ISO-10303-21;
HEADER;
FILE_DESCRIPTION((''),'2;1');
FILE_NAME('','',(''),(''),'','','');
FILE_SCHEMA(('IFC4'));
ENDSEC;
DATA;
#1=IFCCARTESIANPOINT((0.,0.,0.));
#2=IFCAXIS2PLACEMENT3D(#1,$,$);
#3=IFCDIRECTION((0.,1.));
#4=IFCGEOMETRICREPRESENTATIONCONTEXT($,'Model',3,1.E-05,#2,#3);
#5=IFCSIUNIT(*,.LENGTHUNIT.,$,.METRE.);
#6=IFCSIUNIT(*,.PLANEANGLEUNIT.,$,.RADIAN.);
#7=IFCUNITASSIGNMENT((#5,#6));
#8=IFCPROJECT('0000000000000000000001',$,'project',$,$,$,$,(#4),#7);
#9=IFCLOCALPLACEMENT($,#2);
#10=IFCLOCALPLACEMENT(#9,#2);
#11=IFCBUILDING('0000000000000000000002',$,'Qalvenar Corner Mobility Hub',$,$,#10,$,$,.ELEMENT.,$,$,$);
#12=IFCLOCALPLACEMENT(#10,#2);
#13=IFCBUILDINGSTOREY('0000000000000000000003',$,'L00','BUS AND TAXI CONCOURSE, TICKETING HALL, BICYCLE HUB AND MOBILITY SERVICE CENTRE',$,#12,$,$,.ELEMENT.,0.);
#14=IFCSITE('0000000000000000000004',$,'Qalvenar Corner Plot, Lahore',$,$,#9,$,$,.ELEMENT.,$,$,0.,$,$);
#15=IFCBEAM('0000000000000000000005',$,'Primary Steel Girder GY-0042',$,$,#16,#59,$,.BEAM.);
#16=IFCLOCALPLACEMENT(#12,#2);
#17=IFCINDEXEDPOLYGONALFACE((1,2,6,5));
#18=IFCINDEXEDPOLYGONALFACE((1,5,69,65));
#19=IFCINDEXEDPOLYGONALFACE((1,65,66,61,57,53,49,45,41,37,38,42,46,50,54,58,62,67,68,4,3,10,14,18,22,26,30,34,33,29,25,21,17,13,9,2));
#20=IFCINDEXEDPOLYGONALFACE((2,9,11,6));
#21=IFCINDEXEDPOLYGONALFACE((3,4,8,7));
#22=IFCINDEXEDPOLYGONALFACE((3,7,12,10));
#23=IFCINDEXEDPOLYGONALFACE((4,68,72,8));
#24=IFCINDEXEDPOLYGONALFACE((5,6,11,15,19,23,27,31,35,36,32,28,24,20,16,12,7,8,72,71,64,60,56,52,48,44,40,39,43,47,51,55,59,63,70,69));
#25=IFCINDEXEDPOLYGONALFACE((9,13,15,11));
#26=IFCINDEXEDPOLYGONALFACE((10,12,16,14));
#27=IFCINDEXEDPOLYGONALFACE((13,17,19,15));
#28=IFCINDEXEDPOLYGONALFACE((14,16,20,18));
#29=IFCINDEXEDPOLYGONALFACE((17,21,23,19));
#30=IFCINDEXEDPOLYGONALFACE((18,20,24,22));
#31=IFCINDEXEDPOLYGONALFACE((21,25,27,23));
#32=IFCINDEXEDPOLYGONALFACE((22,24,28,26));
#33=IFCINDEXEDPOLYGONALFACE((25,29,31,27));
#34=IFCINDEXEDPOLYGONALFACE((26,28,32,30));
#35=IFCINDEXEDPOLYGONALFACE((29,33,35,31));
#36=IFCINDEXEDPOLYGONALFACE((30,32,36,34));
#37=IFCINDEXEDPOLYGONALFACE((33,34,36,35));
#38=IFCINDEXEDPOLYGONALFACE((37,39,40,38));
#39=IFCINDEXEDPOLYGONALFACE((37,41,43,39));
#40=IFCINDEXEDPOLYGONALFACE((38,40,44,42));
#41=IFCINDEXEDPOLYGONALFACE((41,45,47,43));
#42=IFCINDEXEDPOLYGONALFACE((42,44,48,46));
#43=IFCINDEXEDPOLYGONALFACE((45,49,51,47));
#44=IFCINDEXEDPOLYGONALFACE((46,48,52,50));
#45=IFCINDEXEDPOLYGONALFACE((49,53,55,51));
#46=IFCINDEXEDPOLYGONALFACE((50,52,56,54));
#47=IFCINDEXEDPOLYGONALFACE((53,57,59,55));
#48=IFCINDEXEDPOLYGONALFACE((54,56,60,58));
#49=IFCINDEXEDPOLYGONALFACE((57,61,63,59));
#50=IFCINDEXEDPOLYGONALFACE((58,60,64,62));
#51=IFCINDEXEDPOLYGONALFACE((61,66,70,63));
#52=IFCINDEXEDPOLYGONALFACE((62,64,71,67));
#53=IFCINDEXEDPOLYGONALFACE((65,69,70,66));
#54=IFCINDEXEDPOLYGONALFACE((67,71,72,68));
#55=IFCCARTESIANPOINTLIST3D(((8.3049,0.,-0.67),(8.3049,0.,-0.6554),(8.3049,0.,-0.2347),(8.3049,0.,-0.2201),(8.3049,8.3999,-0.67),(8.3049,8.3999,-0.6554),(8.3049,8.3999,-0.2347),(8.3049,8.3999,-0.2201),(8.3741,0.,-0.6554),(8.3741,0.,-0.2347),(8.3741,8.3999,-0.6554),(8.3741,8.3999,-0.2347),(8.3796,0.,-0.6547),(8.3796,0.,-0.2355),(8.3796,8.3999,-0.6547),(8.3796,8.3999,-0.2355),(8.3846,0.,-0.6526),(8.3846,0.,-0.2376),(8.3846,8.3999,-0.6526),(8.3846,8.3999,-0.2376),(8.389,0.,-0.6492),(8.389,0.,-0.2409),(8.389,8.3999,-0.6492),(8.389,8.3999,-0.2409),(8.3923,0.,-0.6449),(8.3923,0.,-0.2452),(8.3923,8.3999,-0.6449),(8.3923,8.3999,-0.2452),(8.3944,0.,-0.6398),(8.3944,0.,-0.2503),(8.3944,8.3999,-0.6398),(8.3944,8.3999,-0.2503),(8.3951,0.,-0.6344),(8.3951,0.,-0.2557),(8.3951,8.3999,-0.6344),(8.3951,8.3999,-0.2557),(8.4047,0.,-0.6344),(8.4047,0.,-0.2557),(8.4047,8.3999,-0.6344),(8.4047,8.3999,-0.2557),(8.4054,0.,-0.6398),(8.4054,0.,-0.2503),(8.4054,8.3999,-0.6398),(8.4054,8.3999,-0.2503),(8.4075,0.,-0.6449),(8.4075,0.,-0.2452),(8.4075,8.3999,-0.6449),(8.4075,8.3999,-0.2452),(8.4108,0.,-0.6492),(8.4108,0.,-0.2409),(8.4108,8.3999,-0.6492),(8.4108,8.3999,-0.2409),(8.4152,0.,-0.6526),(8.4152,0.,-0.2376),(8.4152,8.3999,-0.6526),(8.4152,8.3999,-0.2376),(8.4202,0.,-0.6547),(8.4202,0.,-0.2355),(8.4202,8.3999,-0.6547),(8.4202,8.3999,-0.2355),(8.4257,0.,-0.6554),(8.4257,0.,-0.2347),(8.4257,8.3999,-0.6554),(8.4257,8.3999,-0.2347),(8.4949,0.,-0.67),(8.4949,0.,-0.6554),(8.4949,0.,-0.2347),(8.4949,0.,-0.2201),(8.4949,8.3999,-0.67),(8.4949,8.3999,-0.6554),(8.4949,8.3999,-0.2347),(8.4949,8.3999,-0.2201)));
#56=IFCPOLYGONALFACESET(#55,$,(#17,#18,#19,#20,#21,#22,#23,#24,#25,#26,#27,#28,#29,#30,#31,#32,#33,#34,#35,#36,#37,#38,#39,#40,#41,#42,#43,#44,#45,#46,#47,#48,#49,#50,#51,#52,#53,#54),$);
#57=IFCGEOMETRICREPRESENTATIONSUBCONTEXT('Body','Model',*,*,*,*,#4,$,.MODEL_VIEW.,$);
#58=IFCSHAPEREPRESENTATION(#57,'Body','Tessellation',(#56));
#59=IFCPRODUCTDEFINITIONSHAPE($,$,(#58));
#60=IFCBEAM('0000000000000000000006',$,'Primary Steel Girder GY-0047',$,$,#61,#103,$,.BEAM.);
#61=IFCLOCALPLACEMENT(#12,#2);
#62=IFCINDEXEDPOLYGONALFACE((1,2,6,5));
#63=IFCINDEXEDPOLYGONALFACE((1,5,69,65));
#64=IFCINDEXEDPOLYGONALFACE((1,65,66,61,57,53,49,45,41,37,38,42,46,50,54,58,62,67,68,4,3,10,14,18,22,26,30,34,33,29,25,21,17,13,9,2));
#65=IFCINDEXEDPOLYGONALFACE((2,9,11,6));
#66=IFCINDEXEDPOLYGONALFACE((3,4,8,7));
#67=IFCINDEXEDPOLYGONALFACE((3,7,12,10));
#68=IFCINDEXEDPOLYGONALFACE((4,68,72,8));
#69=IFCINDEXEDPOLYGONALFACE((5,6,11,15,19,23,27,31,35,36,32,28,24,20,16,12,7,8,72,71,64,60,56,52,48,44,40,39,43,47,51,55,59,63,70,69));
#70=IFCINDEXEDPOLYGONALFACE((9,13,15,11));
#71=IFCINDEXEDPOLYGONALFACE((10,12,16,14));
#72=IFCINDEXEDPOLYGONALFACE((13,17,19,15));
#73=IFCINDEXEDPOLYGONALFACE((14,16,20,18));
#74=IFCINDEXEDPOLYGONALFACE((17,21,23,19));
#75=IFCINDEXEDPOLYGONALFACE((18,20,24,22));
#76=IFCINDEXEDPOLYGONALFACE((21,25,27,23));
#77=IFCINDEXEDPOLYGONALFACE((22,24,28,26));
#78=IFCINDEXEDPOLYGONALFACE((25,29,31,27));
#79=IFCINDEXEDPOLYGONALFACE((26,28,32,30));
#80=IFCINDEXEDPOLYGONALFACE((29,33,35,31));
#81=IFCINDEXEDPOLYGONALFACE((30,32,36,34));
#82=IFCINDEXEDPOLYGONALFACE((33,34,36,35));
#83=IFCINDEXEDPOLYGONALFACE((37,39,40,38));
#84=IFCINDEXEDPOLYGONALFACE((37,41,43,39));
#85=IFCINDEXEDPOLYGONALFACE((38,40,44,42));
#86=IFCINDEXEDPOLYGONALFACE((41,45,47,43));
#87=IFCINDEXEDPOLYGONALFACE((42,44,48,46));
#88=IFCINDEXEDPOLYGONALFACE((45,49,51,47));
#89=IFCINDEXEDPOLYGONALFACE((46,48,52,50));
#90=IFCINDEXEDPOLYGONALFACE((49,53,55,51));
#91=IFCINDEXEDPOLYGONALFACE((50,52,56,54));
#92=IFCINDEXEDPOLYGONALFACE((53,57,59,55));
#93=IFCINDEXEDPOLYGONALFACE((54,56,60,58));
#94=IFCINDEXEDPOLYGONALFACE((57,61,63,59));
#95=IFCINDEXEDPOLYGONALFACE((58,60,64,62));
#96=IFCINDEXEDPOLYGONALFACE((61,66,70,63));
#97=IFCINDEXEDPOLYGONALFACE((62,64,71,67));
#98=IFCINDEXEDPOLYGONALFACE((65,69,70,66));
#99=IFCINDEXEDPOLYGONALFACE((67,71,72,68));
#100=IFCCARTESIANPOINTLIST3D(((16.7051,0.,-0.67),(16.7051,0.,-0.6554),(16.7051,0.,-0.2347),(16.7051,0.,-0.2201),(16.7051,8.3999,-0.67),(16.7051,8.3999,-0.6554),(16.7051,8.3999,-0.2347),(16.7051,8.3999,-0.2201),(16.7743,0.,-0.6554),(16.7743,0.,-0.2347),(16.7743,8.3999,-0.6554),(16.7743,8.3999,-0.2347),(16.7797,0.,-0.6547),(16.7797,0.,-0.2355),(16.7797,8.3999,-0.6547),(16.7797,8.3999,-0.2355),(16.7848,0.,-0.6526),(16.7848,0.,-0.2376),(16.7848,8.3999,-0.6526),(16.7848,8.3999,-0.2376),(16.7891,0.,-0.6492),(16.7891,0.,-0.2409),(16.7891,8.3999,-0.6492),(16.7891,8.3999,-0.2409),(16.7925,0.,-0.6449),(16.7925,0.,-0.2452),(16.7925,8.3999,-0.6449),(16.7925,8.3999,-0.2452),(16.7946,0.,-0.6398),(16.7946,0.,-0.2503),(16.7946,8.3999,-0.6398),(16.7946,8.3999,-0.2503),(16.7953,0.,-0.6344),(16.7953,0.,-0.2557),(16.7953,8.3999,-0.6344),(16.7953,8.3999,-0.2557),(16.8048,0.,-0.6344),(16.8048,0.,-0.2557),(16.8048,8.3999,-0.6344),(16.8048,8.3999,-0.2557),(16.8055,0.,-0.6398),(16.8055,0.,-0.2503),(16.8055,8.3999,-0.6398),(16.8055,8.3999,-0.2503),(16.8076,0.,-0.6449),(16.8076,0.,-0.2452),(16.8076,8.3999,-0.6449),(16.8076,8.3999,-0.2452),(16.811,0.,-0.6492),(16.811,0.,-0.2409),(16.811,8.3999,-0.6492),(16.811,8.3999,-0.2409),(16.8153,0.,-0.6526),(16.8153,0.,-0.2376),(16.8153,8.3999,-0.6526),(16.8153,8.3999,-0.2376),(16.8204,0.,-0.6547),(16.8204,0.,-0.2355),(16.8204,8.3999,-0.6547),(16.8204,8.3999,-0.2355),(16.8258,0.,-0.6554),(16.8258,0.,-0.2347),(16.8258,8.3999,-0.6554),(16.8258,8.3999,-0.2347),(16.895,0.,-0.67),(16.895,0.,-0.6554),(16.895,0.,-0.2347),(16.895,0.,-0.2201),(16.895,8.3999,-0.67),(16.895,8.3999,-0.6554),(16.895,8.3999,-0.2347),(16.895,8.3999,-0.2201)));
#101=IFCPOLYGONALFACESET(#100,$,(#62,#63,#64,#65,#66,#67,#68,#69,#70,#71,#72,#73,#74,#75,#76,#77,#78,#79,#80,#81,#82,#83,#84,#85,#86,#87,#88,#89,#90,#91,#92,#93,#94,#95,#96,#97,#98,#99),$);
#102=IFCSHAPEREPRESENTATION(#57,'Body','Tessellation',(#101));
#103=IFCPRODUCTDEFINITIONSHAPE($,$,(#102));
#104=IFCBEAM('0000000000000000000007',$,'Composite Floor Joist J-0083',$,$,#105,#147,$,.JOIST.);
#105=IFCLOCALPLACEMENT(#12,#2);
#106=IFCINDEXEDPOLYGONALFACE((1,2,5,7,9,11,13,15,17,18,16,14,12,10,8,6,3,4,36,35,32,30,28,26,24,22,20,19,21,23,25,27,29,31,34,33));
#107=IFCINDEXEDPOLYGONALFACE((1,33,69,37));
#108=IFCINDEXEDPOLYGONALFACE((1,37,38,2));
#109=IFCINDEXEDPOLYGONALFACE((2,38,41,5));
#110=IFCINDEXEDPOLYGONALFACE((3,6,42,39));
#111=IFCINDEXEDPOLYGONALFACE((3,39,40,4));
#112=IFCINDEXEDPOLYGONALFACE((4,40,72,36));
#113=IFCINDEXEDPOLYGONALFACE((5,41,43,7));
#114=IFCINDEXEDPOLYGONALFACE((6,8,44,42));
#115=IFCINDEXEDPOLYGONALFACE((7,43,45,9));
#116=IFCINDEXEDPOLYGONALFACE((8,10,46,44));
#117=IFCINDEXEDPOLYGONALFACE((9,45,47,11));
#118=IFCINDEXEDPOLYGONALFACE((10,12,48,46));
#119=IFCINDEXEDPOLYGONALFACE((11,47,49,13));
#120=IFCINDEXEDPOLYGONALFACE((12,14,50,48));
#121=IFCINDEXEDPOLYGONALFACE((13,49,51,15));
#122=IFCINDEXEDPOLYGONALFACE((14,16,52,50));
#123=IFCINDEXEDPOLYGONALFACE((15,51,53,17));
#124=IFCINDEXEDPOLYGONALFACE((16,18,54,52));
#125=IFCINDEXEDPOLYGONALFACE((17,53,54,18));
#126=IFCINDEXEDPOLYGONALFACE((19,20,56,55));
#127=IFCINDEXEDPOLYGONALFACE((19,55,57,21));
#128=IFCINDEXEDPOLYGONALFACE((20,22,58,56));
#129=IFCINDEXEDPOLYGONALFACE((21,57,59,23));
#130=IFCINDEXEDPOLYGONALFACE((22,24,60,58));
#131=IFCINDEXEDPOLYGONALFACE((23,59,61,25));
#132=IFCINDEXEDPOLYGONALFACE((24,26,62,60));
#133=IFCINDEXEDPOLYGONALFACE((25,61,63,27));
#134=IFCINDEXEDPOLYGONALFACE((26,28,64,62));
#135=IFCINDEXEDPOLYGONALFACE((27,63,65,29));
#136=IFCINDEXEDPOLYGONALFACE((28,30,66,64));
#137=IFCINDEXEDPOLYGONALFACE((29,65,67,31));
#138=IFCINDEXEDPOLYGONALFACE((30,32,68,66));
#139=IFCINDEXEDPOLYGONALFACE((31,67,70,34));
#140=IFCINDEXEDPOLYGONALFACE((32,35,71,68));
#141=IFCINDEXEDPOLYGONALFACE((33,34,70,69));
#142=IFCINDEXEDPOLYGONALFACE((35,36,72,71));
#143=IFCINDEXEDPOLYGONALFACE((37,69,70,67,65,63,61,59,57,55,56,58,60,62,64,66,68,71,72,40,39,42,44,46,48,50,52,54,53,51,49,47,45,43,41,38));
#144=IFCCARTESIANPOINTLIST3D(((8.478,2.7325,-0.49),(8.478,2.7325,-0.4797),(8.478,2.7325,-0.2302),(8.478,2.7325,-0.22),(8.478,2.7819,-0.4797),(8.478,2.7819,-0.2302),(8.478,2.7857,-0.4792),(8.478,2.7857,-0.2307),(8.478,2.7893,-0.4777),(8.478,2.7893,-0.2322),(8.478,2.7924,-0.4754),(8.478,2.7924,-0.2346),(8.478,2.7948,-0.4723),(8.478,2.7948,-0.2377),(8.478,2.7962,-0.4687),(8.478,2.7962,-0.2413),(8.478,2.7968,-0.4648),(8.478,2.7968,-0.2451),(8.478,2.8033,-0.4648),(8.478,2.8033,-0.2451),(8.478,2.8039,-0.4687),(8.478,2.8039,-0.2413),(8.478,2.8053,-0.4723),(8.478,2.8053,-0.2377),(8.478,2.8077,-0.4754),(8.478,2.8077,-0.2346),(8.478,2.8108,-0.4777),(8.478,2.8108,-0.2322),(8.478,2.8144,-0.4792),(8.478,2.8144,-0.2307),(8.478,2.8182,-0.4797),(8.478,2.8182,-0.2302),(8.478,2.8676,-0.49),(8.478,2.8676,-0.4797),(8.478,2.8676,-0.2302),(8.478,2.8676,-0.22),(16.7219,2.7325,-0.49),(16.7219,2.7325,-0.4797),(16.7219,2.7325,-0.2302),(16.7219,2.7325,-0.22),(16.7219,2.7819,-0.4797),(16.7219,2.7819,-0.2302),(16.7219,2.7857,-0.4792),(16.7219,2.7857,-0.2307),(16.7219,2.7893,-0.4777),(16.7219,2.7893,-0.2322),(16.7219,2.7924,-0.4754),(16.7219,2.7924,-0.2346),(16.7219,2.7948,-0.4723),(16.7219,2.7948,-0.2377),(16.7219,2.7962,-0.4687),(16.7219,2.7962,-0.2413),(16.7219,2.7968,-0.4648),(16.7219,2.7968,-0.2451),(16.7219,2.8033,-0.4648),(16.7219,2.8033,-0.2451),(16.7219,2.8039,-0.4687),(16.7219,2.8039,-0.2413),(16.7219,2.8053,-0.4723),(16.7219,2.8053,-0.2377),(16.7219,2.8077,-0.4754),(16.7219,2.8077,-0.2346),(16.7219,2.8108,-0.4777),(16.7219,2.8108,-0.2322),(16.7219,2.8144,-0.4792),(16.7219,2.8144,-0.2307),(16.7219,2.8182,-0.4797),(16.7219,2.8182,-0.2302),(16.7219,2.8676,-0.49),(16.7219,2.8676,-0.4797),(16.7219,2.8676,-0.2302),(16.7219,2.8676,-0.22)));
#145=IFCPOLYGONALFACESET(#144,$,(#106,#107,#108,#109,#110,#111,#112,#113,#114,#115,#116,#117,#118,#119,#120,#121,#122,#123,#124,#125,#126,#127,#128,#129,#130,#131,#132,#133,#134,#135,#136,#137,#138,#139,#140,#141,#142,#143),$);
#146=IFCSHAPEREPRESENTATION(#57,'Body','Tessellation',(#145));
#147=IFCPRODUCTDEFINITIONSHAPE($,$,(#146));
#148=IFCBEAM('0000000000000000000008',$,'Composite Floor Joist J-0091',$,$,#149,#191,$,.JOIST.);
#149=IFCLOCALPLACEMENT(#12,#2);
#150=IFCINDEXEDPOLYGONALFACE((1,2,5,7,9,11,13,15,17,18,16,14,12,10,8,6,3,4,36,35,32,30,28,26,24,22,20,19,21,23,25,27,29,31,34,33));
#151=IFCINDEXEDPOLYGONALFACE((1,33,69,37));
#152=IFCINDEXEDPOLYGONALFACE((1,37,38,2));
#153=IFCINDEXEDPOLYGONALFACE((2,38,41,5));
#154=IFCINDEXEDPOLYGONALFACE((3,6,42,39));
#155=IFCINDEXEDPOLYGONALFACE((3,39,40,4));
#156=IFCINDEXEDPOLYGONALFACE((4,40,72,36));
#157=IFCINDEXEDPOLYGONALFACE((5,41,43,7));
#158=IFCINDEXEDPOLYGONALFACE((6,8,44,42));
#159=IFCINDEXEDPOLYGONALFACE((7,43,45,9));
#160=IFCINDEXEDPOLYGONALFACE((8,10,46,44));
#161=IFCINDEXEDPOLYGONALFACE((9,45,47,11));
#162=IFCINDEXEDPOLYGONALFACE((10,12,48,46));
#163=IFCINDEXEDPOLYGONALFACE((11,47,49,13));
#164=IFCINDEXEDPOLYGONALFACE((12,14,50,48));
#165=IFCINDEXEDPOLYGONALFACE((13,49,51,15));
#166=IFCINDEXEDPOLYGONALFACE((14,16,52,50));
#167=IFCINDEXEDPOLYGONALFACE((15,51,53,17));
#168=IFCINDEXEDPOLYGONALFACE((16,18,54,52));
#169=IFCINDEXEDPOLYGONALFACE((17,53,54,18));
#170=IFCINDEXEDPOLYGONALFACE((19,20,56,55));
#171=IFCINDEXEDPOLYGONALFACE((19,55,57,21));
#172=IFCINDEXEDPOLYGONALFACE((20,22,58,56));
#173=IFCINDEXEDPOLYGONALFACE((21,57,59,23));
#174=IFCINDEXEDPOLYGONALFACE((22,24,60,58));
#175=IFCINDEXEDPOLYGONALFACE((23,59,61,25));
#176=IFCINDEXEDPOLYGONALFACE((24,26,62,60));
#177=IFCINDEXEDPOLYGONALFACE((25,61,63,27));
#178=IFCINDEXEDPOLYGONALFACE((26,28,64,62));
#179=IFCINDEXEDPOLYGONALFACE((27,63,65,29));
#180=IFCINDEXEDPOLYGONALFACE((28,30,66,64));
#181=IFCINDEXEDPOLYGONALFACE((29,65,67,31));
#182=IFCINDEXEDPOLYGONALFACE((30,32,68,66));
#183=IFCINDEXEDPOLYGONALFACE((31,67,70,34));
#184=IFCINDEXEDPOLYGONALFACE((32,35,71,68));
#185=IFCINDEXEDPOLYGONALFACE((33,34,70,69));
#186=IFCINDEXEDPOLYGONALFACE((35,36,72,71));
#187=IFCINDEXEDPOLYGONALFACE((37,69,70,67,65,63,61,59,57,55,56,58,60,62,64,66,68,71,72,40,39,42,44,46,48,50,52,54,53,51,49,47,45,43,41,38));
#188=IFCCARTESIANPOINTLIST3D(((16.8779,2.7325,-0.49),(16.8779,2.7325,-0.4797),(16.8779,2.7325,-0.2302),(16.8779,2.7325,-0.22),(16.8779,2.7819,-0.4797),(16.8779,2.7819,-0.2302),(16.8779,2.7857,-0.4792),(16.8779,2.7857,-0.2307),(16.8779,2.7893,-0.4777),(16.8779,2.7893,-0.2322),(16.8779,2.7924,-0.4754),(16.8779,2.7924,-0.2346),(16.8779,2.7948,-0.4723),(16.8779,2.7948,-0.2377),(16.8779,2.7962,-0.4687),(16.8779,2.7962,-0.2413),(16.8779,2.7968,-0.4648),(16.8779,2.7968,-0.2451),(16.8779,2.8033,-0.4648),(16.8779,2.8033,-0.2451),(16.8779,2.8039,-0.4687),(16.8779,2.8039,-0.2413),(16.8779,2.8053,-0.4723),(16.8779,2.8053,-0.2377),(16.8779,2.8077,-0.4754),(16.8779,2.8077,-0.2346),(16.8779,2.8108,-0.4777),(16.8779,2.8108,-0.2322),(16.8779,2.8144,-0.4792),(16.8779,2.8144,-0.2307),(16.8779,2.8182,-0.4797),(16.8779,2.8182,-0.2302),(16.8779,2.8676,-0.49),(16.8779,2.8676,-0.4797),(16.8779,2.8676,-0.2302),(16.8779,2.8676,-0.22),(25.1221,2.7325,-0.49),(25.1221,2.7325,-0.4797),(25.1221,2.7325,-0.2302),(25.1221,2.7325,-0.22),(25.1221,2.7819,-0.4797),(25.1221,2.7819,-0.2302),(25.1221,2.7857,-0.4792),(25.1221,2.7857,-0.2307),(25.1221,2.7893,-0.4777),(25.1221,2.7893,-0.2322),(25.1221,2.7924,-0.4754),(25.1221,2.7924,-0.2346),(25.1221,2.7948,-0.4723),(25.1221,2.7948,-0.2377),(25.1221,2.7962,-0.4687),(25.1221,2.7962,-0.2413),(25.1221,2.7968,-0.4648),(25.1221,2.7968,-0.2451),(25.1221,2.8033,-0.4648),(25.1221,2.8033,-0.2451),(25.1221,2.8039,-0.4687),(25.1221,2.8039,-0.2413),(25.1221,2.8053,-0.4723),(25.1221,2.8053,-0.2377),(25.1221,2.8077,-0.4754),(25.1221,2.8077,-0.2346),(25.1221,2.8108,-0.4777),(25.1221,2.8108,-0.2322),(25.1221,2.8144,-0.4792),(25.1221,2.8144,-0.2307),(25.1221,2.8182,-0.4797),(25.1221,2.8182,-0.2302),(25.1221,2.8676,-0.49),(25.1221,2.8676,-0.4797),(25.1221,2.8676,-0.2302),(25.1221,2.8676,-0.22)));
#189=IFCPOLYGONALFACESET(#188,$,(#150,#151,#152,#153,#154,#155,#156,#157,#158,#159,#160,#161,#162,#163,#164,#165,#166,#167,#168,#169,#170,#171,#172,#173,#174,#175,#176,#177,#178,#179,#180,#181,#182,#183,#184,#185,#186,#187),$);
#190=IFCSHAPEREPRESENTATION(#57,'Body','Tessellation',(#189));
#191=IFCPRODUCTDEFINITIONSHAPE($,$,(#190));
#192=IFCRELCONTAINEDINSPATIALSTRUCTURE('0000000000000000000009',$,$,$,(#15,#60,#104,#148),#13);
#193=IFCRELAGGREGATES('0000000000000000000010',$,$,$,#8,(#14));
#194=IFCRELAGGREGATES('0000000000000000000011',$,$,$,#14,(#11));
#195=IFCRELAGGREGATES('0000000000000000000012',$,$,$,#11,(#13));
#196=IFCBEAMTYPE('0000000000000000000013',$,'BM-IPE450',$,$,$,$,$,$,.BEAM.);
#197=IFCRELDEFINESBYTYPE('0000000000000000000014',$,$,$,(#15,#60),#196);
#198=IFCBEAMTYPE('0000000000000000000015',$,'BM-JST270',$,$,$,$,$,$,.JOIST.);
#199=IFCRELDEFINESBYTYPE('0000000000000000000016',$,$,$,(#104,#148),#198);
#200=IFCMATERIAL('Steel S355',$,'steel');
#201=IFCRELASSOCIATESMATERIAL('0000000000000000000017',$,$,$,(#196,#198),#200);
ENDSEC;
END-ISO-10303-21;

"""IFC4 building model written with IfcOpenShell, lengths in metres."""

from ifc_helpers import new_model, si_unit, direction, frame, origin, origin_2d, place, context, subcontext, project, spatial, i_section, extrude, material, material_profile, profile_set, type_object, element, save


model = new_model("IFC4")

# Units and contexts
model_context = context("Model", 3, precision=1e-05, world=origin(), true_north=direction((0.0, 1.0)))
body_context = subcontext(model_context, "Body", "Model", "MODEL_VIEW")
ifc_project = project(units=[si_unit("LENGTHUNIT", "METRE"), si_unit("PLANEANGLEUNIT", "RADIAN")], contexts=[model_context])

# Site, building, storey
site_placement = place(None, origin())
site = spatial("IfcSite", under=ifc_project, at=site_placement, Name="Qalvenar Corner Plot, Lahore", CompositionType="ELEMENT", RefElevation=0.0)
building_placement = place(site_placement, origin())
building = spatial("IfcBuilding", under=site, at=building_placement, Name="Qalvenar Corner Mobility Hub", CompositionType="ELEMENT")
storey_placement = place(building_placement, origin())
storey = spatial("IfcBuildingStorey", under=building, at=storey_placement, Name="L00", Description="BUS AND TAXI CONCOURSE, TICKETING HALL, BICYCLE HUB AND MOBILITY SERVICE CENTRE", CompositionType="ELEMENT", Elevation=0.0)

# Shared definitions
ifc_material_1 = material(Name="Steel S355", Category="steel")

# Beams
ifc_material_profile_1 = material_profile(ifc_material_1, i_section(OverallWidth=0.1899, OverallDepth=0.45, WebThickness=0.0095, FlangeThickness=0.0146, FilletRadius=0.021, at=origin_2d()), Name="IPE450")
ifc_profile_set_1 = profile_set([ifc_material_profile_1], Name="Steel S355")
beam_type_1 = type_object("IfcBeamType", Name="BM-IPE450", PredefinedType="BEAM", material=ifc_profile_set_1)
for number, where, z_axis, x_axis, name in (
    (1, (8.3999, 0.0, -0.4451), (0.0, 1.0, 0.0), (-1.0, 0.0, 0.0), "Primary Steel Girder GY-0042"),
    (2, (16.8, 0.0, -0.4451), (0.0, 1.0, 0.0), (-1.0, 0.0, 0.0), "Primary Steel Girder GY-0047"),
):
    element("IfcBeam", number, at=place(storey_placement, frame(where, z_axis=z_axis, x_axis=x_axis)), inside=storey, type_object=beam_type_1, Name=name, PredefinedType="BEAM", context=body_context, shape_type="SweptSolid", body=[
        extrude(i_section(OverallWidth=0.1899, OverallDepth=0.45, WebThickness=0.0095, FlangeThickness=0.0146, FilletRadius=0.021, at=origin_2d()), origin(), (0.0, 0.0, 1.0), 8.3999),
    ])
ifc_material_profile_2 = material_profile(ifc_material_1, i_section(OverallWidth=0.135, OverallDepth=0.27, WebThickness=0.0066, FlangeThickness=0.0103, FilletRadius=0.0149, at=origin_2d()), Name="IPE270")
ifc_profile_set_2 = profile_set([ifc_material_profile_2], Name="Steel S355")
beam_type_2 = type_object("IfcBeamType", Name="BM-JST270", PredefinedType="JOIST", material=ifc_profile_set_2)
beam_1_placement = place(storey_placement, frame((8.478, 2.8, -0.355), z_axis=(1.0, 0.0, 0.0), x_axis=(0.0, 1.0, 0.0)))
element("IfcBeam", 3, at=beam_1_placement, inside=storey, type_object=beam_type_2, Name="Composite Floor Joist J-0083", PredefinedType="JOIST", context=body_context, shape_type="SweptSolid", body=[
    extrude(i_section(OverallWidth=0.135, OverallDepth=0.27, WebThickness=0.0066, FlangeThickness=0.0103, FilletRadius=0.0149, at=origin_2d()), origin(), (0.0, 0.0, 1.0), 8.2439),
])
beam_2_placement = place(storey_placement, frame((16.8779, 2.8, -0.355), z_axis=(1.0, 0.0, 0.0), x_axis=(0.0, 1.0, 0.0)))
element("IfcBeam", 4, at=beam_2_placement, inside=storey, type_object=beam_type_2, Name="Composite Floor Joist J-0091", PredefinedType="JOIST", context=body_context, shape_type="SweptSolid", body=[
    extrude(i_section(OverallWidth=0.135, OverallDepth=0.27, WebThickness=0.0066, FlangeThickness=0.0103, FilletRadius=0.0149, at=origin_2d()), origin(), (0.0, 0.0, 1.0), 8.2441),
])

save(model, "model.ifc")
